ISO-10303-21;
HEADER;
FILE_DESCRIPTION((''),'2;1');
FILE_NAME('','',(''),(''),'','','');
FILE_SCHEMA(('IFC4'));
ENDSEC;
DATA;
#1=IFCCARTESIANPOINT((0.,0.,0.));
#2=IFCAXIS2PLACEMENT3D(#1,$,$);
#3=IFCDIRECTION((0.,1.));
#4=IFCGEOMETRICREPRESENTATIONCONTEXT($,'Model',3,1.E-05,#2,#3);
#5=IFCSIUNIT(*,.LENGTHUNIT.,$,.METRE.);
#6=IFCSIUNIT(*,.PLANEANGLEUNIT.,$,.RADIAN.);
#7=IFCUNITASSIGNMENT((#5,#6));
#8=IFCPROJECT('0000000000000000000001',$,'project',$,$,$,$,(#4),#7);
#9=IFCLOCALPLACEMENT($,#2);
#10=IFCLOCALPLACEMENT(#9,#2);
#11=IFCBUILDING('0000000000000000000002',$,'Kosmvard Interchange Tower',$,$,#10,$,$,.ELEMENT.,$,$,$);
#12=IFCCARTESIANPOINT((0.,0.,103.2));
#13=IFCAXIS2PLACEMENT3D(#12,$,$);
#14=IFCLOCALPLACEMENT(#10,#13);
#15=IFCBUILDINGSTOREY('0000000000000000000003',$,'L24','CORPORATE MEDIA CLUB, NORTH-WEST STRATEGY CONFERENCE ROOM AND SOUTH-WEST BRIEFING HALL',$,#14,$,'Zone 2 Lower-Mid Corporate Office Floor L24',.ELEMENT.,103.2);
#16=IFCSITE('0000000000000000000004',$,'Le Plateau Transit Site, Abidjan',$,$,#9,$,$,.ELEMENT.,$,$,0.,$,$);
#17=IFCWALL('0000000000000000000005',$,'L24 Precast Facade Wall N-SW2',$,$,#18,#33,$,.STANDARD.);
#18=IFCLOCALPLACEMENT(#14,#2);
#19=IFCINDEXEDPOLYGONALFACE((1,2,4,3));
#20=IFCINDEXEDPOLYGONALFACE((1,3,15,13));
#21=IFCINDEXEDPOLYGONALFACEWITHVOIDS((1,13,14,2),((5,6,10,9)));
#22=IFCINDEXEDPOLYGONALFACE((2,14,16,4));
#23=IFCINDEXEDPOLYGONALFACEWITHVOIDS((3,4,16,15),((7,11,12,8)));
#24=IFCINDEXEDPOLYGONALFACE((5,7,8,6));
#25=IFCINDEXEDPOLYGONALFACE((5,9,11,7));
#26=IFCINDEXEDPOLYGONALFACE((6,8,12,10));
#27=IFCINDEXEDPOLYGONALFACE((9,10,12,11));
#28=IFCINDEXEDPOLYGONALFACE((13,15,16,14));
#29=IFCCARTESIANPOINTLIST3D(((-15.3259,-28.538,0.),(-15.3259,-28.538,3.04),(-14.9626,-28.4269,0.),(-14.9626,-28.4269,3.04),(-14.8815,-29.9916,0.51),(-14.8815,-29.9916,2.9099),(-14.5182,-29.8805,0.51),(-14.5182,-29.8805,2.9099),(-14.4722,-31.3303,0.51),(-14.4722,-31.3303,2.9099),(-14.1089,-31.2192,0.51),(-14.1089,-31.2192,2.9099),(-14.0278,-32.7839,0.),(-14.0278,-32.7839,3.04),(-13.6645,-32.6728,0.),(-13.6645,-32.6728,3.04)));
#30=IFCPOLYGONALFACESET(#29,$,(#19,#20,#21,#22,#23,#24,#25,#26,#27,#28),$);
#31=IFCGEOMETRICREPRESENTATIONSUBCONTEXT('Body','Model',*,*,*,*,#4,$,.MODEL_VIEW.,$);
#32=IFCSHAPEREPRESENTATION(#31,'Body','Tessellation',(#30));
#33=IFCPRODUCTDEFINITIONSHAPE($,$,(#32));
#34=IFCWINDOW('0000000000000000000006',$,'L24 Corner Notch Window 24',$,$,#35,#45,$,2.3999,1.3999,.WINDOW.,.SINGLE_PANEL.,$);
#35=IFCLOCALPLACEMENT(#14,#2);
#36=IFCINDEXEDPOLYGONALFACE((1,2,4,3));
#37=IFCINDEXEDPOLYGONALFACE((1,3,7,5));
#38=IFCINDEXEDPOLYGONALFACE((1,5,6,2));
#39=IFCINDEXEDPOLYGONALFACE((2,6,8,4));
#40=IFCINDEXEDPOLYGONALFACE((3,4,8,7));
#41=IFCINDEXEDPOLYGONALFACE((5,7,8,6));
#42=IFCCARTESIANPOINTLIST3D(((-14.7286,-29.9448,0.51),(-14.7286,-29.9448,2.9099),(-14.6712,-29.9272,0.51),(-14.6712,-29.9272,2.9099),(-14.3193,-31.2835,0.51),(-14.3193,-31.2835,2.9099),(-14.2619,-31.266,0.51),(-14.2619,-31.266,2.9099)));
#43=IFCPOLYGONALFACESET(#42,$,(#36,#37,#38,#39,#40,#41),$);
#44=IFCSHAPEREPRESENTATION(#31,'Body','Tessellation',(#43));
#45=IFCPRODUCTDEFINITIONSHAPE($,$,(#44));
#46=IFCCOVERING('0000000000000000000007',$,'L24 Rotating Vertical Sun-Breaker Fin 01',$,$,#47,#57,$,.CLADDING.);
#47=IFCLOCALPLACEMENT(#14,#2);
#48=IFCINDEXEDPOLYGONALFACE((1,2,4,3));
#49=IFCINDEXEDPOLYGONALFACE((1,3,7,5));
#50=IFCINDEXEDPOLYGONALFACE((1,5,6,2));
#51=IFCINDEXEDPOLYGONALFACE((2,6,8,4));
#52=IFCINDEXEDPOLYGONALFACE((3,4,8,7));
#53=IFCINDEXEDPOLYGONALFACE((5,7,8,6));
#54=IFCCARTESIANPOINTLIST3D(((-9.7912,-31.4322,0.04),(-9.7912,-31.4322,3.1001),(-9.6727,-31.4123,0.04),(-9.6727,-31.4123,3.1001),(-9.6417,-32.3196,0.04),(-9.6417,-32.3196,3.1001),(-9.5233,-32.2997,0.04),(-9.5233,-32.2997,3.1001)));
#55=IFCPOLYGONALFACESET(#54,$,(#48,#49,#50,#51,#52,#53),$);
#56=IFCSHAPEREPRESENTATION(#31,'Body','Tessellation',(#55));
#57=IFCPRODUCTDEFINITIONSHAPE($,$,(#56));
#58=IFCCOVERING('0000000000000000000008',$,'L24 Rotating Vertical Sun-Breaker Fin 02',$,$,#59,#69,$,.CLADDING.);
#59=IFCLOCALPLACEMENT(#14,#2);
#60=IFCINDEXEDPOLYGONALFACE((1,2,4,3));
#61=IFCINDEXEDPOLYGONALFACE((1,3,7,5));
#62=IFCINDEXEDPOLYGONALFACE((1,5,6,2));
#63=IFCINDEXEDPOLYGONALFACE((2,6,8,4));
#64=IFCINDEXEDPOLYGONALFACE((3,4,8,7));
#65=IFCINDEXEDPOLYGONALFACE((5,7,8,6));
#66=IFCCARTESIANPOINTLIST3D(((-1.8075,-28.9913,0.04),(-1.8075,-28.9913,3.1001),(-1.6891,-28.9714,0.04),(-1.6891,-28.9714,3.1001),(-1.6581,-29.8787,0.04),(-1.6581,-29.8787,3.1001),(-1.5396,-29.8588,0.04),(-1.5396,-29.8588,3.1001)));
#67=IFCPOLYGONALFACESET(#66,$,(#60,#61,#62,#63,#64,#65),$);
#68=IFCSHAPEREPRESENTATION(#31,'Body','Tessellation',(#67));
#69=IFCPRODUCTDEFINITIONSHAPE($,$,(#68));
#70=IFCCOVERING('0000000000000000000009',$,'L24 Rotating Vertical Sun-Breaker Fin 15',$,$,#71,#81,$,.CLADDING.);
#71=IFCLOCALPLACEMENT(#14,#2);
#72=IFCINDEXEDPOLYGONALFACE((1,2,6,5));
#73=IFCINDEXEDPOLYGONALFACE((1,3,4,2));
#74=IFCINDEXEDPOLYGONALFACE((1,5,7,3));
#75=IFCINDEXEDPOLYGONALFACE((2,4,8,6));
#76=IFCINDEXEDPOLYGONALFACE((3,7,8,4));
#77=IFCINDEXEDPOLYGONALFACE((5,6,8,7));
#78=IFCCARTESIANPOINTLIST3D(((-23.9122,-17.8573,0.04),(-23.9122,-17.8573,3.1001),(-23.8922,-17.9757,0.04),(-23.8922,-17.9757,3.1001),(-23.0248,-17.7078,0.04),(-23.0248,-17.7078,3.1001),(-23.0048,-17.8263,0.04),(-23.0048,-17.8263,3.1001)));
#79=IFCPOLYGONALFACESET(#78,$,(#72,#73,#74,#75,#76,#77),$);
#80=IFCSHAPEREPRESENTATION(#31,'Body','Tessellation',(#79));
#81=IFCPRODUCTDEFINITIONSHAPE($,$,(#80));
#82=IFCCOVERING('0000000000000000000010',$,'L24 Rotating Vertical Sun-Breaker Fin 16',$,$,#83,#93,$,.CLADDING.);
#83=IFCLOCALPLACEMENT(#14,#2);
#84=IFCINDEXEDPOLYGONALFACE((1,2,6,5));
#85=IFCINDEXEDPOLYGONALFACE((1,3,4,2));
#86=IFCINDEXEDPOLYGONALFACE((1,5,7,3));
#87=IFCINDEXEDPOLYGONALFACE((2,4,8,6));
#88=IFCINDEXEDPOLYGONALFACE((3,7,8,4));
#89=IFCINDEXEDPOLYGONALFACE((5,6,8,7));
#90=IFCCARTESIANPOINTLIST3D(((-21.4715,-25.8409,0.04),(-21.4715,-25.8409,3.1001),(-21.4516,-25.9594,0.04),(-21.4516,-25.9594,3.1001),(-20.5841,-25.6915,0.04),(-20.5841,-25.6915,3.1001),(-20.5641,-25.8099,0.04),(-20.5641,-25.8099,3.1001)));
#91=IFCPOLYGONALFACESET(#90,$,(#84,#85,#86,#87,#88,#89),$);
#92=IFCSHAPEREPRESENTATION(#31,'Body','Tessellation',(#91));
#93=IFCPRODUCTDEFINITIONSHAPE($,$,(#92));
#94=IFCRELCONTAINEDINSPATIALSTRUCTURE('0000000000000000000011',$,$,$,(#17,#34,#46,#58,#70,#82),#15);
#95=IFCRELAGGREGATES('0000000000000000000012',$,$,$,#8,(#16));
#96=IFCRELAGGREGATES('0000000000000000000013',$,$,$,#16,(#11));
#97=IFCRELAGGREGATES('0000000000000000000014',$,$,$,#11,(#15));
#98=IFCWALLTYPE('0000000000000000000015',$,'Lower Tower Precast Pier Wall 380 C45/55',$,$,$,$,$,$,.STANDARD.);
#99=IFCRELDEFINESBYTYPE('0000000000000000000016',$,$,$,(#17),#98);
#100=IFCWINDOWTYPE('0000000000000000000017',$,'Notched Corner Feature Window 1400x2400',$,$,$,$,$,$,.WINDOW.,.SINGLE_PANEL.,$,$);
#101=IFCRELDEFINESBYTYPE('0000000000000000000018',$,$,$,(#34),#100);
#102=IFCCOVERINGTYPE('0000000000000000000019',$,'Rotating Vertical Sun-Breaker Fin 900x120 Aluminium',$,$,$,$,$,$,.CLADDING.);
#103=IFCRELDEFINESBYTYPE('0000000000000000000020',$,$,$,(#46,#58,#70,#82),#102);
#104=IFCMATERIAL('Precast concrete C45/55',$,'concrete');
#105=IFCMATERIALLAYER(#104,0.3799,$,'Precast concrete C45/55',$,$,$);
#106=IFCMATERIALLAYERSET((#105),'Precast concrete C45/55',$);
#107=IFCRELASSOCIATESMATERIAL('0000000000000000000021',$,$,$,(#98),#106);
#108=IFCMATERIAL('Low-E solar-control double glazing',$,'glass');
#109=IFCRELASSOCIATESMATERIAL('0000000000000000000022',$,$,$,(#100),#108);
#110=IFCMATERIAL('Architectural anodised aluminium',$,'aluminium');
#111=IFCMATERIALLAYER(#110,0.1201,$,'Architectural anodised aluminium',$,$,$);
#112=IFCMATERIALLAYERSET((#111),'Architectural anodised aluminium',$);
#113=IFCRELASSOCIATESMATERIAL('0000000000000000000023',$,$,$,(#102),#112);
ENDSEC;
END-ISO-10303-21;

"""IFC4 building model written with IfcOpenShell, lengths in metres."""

from ifc_helpers import new_model, si_unit, direction, frame, frame_2d, origin, origin_2d, place, context, subcontext, project, spatial, rectangle, extrude, source, transform, mapped, material, layer, layer_set, type_object, element, fill, save


model = new_model("IFC4")

# Units and contexts
model_context = context("Model", 3, precision=1e-05, world=origin(), true_north=direction((0.0, 1.0)))
body_context = subcontext(model_context, "Body", "Model", "MODEL_VIEW")
ifc_project = project(units=[si_unit("LENGTHUNIT", "METRE"), si_unit("PLANEANGLEUNIT", "RADIAN")], contexts=[model_context])

# Site, building, storey
site_placement = place(None, origin())
site = spatial("IfcSite", under=ifc_project, at=site_placement, Name="Le Plateau Transit Site, Abidjan", CompositionType="ELEMENT", RefElevation=0.0)
building_placement = place(site_placement, origin())
building = spatial("IfcBuilding", under=site, at=building_placement, Name="Kosmvard Interchange Tower", CompositionType="ELEMENT")
storey_placement = place(building_placement, frame((0.0, 0.0, 103.2)))
storey = spatial("IfcBuildingStorey", under=building, at=storey_placement, Name="L24", Description="CORPORATE MEDIA CLUB, NORTH-WEST STRATEGY CONFERENCE ROOM AND SOUTH-WEST BRIEFING HALL", LongName="Zone 2 Lower-Mid Corporate Office Floor L24", CompositionType="ELEMENT", Elevation=103.2)

# Shared definitions
ifc_material_1 = material(Name="Precast concrete C45/55", Category="concrete")

# Shared definitions
ifc_layer_1 = layer(ifc_material_1, 0.3799, Name="Precast concrete C45/55")
ifc_layer_set_1 = layer_set([ifc_layer_1], Name="Precast concrete C45/55")
wall_type_1 = type_object("IfcWallType", Name="Lower Tower Precast Pier Wall 380 C45/55", PredefinedType="STANDARD", material=ifc_layer_set_1)
ifc_material_2 = material(Name="Low-E solar-control double glazing", Category="glass")
window_type_1 = type_object("IfcWindowType", Name="Notched Corner Feature Window 1400x2400", PartitioningType="SINGLE_PANEL", PredefinedType="WINDOW", material=ifc_material_2)
shared_shape_1 = source(origin(), body_context, "Body", "SweptSolid", [
    extrude(rectangle(XDim=1.3999, YDim=2.3999, at=frame_2d((0.7, 1.2))), frame((0.0, 0.03, 0.0), z_axis=(0.0, -1.0, 0.0), x_axis=(1.0, 0.0, 0.0)), (0.0, 0.0, 1.0), 0.0601),
])

# Wall, opening, window
wall_1_placement = place(storey_placement, frame((-15.1443, -28.4824, 0.0), z_axis=(0.0, 0.0, 1.0), x_axis=(0.292374, -0.956304, 0.0)))
wall_1 = element("IfcWall", 1, at=wall_1_placement, inside=storey, type_object=wall_type_1, Name="L24 Precast Facade Wall N-SW2", PredefinedType="STANDARD", context=body_context, shape_type="SweptSolid", body=[
    extrude(rectangle(XDim=4.4399, YDim=0.3799, at=frame_2d((2.22, 0.0))), origin(), (0.0, 0.0, 1.0), 3.04),
])
opening_1_placement = place(wall_1_placement, frame((1.52, 0.0, 0.51)))
opening_1 = element("IfcOpeningElement", 2, at=opening_1_placement, cuts=wall_1, PredefinedType="OPENING", context=body_context, shape_type="SweptSolid", body=[
    extrude(rectangle(XDim=1.3999, YDim=2.3999, at=frame_2d((0.7, 1.2))), frame((0.0, 0.2, 0.0), z_axis=(0.0, -1.0, 0.0), x_axis=(1.0, 0.0, 0.0)), (0.0, 0.0, 1.0), 0.3999),
])
window_1_placement = place(opening_1_placement, origin())
window_1 = element("IfcWindow", 3, at=window_1_placement, inside=storey, type_object=window_type_1, Name="L24 Corner Notch Window 24", OverallHeight=2.3999, OverallWidth=1.3999, PartitioningType="SINGLE_PANEL", PredefinedType="WINDOW", context=body_context, shape_type="MappedRepresentation", body=[
    mapped(shared_shape_1, transform((0.0, 0.0, 0.0), scale=1.0)),
])
fill(opening_1, window_1)

# Coverings
ifc_material_3 = material(Name="Architectural anodised aluminium", Category="aluminium")
ifc_layer_2 = layer(ifc_material_3, 0.1201, Name="Architectural anodised aluminium")
ifc_layer_set_2 = layer_set([ifc_layer_2], Name="Architectural anodised aluminium")
covering_type = type_object("IfcCoveringType", Name="Rotating Vertical Sun-Breaker Fin 900x120 Aluminium", PredefinedType="CLADDING", material=ifc_layer_set_2)
shared_shape_2 = source(origin(), body_context, "Body", "SweptSolid", [
    extrude(rectangle(XDim=0.8999, YDim=0.1201, at=origin_2d()), origin(), (0.0, 0.0, 1.0), 3.0601),
])
for number, where, z_axis, x_axis, name in (
    (4, (-9.6572, -31.866, 0.04), (0.0, 0.0, 1.0), (0.16608, -0.986112, 0.0), "L24 Rotating Vertical Sun-Breaker Fin 01"),
    (5, (-1.6736, -29.425, 0.04), (0.0, 0.0, 1.0), (0.16608, -0.986112, 0.0), "L24 Rotating Vertical Sun-Breaker Fin 02"),
    (6, (-23.4585, -17.8418, 0.04), (0.0, 0.0, 1.0), (-0.986112, -0.16608, 0.0), "L24 Rotating Vertical Sun-Breaker Fin 15"),
    (7, (-21.0178, -25.8254, 0.04), (0.0, 0.0, 1.0), (-0.986112, -0.16608, 0.0), "L24 Rotating Vertical Sun-Breaker Fin 16"),
):
    element("IfcCovering", number, at=place(storey_placement, frame(where, z_axis=z_axis, x_axis=x_axis)), inside=storey, type_object=covering_type, Name=name, PredefinedType="CLADDING", context=body_context, shape_type="MappedRepresentation", body=[
        mapped(shared_shape_2, transform((0.0, 0.0, 0.0), scale=1.0)),
    ])

save(model, "model.ifc")
